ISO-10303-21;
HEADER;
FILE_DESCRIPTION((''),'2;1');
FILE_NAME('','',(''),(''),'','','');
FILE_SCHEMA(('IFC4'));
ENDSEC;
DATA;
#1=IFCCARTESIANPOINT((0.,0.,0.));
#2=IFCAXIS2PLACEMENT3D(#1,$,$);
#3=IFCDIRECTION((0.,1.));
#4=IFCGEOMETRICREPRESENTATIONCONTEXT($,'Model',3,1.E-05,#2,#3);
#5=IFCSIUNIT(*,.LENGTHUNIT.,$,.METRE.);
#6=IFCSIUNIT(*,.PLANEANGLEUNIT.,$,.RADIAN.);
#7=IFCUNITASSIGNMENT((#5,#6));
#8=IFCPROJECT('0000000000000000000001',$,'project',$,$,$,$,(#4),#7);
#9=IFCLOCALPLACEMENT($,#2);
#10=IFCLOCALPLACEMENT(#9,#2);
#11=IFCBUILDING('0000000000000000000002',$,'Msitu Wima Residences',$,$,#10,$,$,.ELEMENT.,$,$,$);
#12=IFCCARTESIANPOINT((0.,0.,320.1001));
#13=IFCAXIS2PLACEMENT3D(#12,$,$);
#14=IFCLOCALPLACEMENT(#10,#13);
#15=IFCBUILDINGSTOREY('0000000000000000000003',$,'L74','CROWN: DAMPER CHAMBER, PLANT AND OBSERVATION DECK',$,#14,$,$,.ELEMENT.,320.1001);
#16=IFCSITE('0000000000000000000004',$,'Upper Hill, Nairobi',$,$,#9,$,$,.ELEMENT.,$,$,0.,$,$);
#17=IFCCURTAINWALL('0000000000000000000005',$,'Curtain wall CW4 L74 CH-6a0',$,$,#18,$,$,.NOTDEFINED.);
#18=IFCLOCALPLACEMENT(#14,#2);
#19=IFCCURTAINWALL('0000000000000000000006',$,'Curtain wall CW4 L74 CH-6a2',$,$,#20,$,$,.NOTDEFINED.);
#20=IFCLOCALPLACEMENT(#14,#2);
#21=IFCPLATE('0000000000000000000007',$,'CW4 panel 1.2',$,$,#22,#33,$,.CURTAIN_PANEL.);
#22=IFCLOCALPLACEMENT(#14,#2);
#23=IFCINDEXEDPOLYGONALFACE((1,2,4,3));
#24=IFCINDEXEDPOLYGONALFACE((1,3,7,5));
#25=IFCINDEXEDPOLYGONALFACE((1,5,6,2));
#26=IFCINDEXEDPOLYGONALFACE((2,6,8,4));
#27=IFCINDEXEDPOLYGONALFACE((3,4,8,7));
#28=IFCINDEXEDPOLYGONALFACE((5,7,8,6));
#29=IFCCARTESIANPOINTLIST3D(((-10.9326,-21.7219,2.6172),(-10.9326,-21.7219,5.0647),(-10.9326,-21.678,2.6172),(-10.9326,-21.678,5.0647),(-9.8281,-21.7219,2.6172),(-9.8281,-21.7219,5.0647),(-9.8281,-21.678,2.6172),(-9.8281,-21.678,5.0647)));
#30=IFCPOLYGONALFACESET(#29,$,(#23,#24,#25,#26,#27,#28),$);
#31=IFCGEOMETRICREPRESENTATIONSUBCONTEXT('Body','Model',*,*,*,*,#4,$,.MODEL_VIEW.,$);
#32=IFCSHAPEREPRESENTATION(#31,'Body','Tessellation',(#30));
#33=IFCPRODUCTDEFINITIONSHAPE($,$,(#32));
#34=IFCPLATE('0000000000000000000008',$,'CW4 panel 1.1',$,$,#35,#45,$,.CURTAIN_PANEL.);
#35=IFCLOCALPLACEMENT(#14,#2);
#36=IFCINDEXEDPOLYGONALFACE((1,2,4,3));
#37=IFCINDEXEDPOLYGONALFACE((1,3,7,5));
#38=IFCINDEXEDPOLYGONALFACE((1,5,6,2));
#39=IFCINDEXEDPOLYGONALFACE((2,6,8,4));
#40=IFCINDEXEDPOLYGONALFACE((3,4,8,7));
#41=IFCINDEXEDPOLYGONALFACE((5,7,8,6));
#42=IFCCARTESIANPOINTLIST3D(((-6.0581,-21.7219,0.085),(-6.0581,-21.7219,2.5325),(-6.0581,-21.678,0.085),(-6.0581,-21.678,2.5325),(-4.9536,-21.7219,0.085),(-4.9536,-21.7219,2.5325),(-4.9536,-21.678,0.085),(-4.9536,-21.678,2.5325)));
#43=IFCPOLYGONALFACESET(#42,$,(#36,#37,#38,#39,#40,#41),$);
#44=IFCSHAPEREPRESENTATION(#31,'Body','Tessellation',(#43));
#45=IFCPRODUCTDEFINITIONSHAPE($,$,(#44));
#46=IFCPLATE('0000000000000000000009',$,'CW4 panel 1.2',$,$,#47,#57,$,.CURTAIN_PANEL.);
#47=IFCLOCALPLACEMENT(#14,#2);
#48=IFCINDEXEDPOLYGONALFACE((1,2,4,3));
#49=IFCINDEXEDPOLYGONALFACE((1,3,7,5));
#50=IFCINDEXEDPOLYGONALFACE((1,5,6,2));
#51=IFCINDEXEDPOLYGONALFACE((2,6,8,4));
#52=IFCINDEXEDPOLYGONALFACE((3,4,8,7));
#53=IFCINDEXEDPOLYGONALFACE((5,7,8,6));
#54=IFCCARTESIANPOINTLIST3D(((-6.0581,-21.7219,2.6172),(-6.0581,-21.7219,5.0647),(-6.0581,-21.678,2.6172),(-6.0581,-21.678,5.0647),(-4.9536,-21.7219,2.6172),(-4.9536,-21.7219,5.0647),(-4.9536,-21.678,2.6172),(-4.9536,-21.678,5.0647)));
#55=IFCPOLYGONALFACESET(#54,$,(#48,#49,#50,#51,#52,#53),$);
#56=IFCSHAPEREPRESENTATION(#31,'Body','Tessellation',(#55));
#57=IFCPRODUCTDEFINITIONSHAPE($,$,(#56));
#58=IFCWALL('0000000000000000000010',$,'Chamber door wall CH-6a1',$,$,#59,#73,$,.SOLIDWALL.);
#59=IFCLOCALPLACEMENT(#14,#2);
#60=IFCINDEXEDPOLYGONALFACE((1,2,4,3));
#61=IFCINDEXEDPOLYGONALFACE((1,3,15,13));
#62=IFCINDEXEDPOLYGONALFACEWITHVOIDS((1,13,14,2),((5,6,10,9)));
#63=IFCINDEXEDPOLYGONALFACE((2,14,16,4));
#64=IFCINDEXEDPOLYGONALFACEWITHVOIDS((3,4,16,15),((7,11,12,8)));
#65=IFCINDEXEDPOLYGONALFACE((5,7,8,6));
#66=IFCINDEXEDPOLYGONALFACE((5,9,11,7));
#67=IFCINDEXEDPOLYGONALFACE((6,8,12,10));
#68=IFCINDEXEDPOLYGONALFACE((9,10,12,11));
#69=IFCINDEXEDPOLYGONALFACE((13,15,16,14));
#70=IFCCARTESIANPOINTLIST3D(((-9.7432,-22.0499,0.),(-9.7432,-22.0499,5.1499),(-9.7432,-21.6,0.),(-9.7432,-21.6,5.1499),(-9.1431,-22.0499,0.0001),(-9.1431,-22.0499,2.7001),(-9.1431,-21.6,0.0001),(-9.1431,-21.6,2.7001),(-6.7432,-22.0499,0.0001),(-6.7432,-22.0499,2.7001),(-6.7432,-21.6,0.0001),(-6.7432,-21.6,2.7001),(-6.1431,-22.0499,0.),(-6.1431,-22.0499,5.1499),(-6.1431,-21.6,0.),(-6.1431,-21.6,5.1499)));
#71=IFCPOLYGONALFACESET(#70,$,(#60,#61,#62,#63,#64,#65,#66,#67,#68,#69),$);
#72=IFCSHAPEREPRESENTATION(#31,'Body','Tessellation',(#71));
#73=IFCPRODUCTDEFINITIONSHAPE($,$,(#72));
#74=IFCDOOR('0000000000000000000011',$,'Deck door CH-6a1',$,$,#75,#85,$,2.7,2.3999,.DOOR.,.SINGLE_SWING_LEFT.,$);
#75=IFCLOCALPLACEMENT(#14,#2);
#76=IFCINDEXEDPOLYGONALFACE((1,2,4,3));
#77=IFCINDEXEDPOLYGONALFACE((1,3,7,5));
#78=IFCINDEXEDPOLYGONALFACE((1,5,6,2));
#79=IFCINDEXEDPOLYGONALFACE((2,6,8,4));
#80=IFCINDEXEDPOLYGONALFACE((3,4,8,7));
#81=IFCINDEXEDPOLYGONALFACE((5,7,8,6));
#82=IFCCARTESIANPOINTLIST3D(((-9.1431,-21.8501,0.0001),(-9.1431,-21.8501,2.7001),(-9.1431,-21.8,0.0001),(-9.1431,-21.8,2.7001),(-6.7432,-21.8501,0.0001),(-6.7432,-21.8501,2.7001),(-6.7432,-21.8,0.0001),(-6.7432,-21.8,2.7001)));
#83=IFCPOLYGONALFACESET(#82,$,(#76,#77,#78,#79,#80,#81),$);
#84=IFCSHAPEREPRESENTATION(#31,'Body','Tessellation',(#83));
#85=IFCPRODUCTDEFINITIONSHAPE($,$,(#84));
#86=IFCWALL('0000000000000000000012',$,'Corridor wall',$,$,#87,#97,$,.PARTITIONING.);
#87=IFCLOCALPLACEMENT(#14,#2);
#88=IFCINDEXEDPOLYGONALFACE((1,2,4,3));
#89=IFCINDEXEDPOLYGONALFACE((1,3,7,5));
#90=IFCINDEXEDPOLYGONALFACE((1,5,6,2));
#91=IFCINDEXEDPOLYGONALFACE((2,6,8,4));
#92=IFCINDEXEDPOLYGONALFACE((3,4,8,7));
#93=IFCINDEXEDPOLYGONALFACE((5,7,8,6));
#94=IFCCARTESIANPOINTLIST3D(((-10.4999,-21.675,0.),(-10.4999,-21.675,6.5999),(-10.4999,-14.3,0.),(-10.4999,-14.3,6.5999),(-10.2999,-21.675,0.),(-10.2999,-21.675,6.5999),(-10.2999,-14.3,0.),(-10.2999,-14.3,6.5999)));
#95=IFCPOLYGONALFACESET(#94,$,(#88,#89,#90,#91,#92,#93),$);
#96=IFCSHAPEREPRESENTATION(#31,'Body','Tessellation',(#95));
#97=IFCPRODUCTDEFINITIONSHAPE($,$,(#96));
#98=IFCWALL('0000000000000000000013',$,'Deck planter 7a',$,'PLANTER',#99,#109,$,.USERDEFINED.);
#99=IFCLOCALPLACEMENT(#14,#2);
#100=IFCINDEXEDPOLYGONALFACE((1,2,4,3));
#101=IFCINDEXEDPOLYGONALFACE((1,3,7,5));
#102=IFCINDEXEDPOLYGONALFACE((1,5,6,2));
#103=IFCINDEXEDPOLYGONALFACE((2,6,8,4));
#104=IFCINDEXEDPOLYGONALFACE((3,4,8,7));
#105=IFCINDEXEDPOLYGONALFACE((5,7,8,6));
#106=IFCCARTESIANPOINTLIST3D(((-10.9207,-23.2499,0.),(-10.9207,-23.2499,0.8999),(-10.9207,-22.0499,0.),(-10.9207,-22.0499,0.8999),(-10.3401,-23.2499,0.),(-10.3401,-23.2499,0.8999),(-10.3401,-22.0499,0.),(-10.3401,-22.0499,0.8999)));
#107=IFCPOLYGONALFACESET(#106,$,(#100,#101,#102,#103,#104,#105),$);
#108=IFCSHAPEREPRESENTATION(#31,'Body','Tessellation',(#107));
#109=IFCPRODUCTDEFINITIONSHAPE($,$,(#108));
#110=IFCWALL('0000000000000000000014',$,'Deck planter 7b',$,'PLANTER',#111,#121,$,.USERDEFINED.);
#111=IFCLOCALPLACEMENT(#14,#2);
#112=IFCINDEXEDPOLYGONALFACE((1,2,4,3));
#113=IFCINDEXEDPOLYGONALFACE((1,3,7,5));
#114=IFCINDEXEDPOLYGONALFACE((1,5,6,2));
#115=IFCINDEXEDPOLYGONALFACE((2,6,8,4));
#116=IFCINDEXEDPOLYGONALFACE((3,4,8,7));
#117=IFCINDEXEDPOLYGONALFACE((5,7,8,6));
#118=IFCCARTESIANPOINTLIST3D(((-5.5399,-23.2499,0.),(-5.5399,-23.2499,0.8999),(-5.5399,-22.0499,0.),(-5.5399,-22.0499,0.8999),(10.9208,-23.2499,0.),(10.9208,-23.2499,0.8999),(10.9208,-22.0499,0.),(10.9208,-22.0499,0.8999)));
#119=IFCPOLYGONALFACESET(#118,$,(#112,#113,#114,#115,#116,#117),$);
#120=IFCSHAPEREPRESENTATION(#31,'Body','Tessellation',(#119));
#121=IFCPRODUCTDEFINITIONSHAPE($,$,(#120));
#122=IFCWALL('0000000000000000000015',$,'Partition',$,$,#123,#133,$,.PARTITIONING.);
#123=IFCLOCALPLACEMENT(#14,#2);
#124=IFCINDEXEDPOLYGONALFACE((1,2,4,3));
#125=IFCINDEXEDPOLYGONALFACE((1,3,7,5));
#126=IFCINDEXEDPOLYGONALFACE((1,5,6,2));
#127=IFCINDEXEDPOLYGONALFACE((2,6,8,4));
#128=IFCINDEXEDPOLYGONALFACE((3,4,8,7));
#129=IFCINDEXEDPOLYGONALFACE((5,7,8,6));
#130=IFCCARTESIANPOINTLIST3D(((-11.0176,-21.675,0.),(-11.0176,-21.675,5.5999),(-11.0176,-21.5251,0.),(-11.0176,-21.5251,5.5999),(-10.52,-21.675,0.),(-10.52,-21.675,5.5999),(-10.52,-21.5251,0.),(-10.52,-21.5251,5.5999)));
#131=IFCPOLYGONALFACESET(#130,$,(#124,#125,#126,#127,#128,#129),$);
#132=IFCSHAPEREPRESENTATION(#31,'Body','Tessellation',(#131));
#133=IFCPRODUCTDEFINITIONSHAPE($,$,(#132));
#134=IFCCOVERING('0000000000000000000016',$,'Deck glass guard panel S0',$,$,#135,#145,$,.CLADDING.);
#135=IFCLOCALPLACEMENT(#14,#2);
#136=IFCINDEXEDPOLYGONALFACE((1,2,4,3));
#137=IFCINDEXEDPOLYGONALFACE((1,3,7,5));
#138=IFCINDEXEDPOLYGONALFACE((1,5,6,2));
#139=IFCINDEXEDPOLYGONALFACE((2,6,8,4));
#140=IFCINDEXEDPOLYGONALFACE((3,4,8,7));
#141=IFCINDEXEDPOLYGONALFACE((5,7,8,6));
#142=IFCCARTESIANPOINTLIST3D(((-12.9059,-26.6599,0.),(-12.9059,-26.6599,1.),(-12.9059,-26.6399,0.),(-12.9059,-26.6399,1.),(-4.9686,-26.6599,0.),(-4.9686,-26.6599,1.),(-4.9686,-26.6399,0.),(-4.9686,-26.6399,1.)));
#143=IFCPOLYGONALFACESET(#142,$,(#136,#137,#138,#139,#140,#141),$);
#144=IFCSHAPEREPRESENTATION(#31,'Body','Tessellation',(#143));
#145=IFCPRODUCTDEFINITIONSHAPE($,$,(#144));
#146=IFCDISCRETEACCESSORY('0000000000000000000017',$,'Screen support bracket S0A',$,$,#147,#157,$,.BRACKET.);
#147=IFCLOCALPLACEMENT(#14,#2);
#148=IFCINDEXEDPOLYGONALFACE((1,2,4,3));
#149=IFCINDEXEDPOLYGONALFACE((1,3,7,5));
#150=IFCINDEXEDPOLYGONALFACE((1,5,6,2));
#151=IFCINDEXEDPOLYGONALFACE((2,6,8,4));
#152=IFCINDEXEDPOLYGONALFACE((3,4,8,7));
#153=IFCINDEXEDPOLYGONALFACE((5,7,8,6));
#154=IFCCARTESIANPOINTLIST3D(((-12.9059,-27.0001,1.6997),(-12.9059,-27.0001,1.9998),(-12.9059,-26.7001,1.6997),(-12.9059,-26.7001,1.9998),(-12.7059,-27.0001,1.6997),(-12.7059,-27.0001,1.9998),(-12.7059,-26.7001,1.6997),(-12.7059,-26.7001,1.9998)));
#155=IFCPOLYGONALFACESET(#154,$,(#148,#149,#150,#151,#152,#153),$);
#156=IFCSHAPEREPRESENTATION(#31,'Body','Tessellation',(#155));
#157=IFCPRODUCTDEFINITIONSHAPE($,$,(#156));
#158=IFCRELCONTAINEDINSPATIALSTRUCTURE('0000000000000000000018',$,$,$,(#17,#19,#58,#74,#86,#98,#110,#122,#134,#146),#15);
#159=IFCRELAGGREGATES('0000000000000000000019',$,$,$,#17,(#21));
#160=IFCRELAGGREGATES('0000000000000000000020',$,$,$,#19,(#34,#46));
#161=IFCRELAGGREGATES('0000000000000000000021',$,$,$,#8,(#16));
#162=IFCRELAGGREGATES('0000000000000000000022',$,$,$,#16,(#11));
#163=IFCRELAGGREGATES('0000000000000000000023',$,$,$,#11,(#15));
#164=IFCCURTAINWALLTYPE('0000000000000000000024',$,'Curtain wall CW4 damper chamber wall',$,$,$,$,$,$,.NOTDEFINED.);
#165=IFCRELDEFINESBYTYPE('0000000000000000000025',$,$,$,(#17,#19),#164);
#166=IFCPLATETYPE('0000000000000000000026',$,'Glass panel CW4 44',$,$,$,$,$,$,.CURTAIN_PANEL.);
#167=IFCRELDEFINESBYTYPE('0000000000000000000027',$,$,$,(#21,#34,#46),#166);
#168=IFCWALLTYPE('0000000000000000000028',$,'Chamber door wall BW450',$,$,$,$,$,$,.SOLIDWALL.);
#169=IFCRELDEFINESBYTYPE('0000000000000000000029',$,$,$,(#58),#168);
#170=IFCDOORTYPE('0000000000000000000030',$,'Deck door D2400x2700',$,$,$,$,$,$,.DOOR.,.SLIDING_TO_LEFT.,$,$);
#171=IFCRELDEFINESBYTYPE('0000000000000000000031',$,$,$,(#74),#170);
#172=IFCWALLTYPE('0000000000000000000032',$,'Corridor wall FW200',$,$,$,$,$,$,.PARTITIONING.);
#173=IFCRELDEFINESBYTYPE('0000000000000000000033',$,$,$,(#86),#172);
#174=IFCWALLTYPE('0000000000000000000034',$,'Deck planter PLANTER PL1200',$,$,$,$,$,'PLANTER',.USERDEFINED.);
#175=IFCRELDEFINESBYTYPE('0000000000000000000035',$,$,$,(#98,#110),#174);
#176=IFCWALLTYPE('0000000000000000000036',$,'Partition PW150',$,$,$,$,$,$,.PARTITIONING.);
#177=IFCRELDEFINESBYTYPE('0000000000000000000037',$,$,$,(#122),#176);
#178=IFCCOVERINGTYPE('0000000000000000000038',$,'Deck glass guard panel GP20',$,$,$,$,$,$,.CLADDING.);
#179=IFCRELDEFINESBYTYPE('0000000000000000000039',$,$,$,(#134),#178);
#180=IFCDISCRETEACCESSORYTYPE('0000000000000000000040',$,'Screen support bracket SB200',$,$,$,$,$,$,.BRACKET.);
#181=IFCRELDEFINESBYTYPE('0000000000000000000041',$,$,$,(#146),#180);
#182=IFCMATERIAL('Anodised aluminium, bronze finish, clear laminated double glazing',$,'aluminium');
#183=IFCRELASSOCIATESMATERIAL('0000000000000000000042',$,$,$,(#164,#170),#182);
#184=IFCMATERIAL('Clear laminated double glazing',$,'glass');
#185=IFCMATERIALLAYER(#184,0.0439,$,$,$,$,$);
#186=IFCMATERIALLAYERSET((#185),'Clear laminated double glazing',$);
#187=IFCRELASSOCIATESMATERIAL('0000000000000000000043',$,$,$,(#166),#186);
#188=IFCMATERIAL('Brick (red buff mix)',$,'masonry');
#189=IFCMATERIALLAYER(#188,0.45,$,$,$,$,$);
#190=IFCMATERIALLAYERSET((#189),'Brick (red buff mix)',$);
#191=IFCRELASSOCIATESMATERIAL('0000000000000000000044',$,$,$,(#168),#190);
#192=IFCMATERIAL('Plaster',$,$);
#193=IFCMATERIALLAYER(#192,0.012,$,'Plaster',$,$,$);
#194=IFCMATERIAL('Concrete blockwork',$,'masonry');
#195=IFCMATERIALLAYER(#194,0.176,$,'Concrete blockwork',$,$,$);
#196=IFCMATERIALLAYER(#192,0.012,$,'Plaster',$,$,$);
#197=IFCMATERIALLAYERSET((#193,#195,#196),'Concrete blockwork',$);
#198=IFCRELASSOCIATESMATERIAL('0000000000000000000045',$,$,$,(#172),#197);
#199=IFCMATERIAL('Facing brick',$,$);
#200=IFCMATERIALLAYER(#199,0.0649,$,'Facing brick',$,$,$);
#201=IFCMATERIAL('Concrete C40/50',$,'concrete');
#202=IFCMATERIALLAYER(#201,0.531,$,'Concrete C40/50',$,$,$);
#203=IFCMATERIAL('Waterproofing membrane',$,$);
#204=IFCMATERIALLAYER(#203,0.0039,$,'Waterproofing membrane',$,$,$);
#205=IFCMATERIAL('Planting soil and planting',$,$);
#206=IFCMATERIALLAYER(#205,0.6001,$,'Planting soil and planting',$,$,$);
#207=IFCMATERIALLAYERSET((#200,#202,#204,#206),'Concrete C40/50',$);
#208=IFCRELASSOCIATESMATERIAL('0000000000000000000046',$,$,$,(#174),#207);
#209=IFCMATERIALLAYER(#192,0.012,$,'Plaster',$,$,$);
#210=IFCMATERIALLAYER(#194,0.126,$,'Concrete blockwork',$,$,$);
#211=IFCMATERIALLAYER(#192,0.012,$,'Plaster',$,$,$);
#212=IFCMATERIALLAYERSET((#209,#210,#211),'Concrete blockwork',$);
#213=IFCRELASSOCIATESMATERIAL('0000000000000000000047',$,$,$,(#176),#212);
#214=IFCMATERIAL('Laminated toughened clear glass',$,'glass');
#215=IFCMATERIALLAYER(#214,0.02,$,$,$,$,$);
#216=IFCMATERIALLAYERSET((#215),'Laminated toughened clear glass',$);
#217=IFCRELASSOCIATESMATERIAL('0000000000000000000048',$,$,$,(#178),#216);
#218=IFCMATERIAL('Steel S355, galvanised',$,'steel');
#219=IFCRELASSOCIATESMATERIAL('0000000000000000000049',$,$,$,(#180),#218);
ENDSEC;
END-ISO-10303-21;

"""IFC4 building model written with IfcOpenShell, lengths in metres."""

from ifc_helpers import new_model, si_unit, direction, frame, frame_2d, origin, origin_2d, place, context, subcontext, project, spatial, rectangle, extrude, material, layer, layer_set, type_object, element, fill, aggregate, save


model = new_model("IFC4")

# Units and contexts
model_context = context("Model", 3, precision=1e-05, world=origin(), true_north=direction((0.0, 1.0)))
body_context = subcontext(model_context, "Body", "Model", "MODEL_VIEW")
ifc_project = project(units=[si_unit("LENGTHUNIT", "METRE"), si_unit("PLANEANGLEUNIT", "RADIAN")], contexts=[model_context])

# Site, building, storey
site_placement = place(None, origin())
site = spatial("IfcSite", under=ifc_project, at=site_placement, Name="Upper Hill, Nairobi", CompositionType="ELEMENT", RefElevation=0.0)
building_placement = place(site_placement, origin())
building = spatial("IfcBuilding", under=site, at=building_placement, Name="Msitu Wima Residences", CompositionType="ELEMENT")
storey_placement = place(building_placement, frame((0.0, 0.0, 320.1001)))
storey = spatial("IfcBuildingStorey", under=building, at=storey_placement, Name="L74", Description="CROWN: DAMPER CHAMBER, PLANT AND OBSERVATION DECK", CompositionType="ELEMENT", Elevation=320.1001)

# Shared definitions
ifc_material_1 = material(Name="Anodised aluminium, bronze finish, clear laminated double glazing", Category="aluminium")
curtain_wall_type = type_object("IfcCurtainWallType", Name="Curtain wall CW4 damper chamber wall", PredefinedType="NOTDEFINED", material=ifc_material_1)

# Curtain wall
curtain_wall_1_placement = place(storey_placement, origin())
curtain_wall_1 = element("IfcCurtainWall", 1, at=curtain_wall_1_placement, inside=storey, type_object=curtain_wall_type, Name="Curtain wall CW4 L74 CH-6a0", PredefinedType="NOTDEFINED")

# Curtain wall
curtain_wall_2_placement = place(storey_placement, origin())
curtain_wall_2 = element("IfcCurtainWall", 2, at=curtain_wall_2_placement, inside=storey, type_object=curtain_wall_type, Name="Curtain wall CW4 L74 CH-6a2", PredefinedType="NOTDEFINED")

# Plates
ifc_material_2 = material(Name="Clear laminated double glazing", Category="glass")
ifc_layer_1 = layer(ifc_material_2, 0.0439)
ifc_layer_set_1 = layer_set([ifc_layer_1], Name="Clear laminated double glazing")
plate_type = type_object("IfcPlateType", Name="Glass panel CW4 44", PredefinedType="CURTAIN_PANEL", material=ifc_layer_set_1)
plate_1_placement = place(storey_placement, frame((-10.3804, -21.7, 2.6172), z_axis=(0.0, 0.0, 1.0), x_axis=(1.0, 0.0, 0.0)))
plate_1 = element("IfcPlate", 3, at=plate_1_placement, type_object=plate_type, Name="CW4 panel 1.2", PredefinedType="CURTAIN_PANEL", context=body_context, shape_type="SweptSolid", body=[
    extrude(rectangle(XDim=1.1045, YDim=0.0439, at=origin_2d()), origin(), (0.0, 0.0, 1.0), 2.4475),
])
aggregate(curtain_wall_1, [plate_1])
plate_2_placement = place(storey_placement, frame((-5.5059, -21.7, 0.085), z_axis=(0.0, 0.0, 1.0), x_axis=(1.0, 0.0, 0.0)))
plate_2 = element("IfcPlate", 4, at=plate_2_placement, type_object=plate_type, Name="CW4 panel 1.1", PredefinedType="CURTAIN_PANEL", context=body_context, shape_type="SweptSolid", body=[
    extrude(rectangle(XDim=1.1045, YDim=0.0439, at=origin_2d()), origin(), (0.0, 0.0, 1.0), 2.4475),
])
plate_3_placement = place(storey_placement, frame((-5.5059, -21.7, 2.6172), z_axis=(0.0, 0.0, 1.0), x_axis=(1.0, 0.0, 0.0)))
plate_3 = element("IfcPlate", 5, at=plate_3_placement, type_object=plate_type, Name="CW4 panel 1.2", PredefinedType="CURTAIN_PANEL", context=body_context, shape_type="SweptSolid", body=[
    extrude(rectangle(XDim=1.1045, YDim=0.0439, at=origin_2d()), origin(), (0.0, 0.0, 1.0), 2.4475),
])
aggregate(curtain_wall_2, [plate_2, plate_3])

# Wall, opening, door
ifc_material_3 = material(Name="Brick (red buff mix)", Category="masonry")
ifc_layer_2 = layer(ifc_material_3, 0.45)
ifc_layer_set_2 = layer_set([ifc_layer_2], Name="Brick (red buff mix)")
wall_type_1 = type_object("IfcWallType", Name="Chamber door wall BW450", PredefinedType="SOLIDWALL", material=ifc_layer_set_2)
wall_1_placement = place(storey_placement, frame((-9.7432, -21.825, 0.0), z_axis=(0.0, 0.0, 1.0), x_axis=(1.0, 0.0, 0.0)))
wall_1 = element("IfcWall", 6, at=wall_1_placement, inside=storey, type_object=wall_type_1, Name="Chamber door wall CH-6a1", PredefinedType="SOLIDWALL", context=body_context, shape_type="SweptSolid", body=[
    extrude(rectangle(XDim=3.6001, YDim=0.45, at=frame_2d((1.8, 0.0))), origin(), (0.0, 0.0, 1.0), 5.1499),
])
opening_placement = place(wall_1_placement, frame((0.6001, 0.0, 0.0)))
opening = element("IfcOpeningElement", 7, at=opening_placement, cuts=wall_1, PredefinedType="OPENING", context=body_context, shape_type="SweptSolid", body=[
    extrude(rectangle(XDim=2.3999, YDim=2.7, at=frame_2d((1.2, 1.3501))), frame((0.0, 0.2349, 0.0), z_axis=(0.0, -1.0, 0.0), x_axis=(1.0, 0.0, 0.0)), (0.0, 0.0, 1.0), 0.47),
])
door_type = type_object("IfcDoorType", Name="Deck door D2400x2700", OperationType="SLIDING_TO_LEFT", PredefinedType="DOOR", material=ifc_material_1)
door_placement = place(opening_placement, origin())
door = element("IfcDoor", 8, at=door_placement, inside=storey, type_object=door_type, Name="Deck door CH-6a1", OperationType="SINGLE_SWING_LEFT", OverallHeight=2.7, OverallWidth=2.3999, PredefinedType="DOOR", context=body_context, shape_type="SweptSolid", body=[
    extrude(rectangle(XDim=2.3999, YDim=2.7, at=frame_2d((1.2, 1.3501))), frame((0.0, 0.0249, 0.0), z_axis=(0.0, -1.0, 0.0), x_axis=(1.0, 0.0, 0.0)), (0.0, 0.0, 1.0), 0.05),
])
fill(opening, door)

# Walls
ifc_material_4 = material(Name="Plaster")
ifc_layer_3 = layer(ifc_material_4, 0.012, Name="Plaster")
ifc_material_5 = material(Name="Concrete blockwork", Category="masonry")
ifc_layer_4 = layer(ifc_material_5, 0.176, Name="Concrete blockwork")
ifc_layer_5 = layer(ifc_material_4, 0.012, Name="Plaster")
ifc_layer_set_3 = layer_set([ifc_layer_3, ifc_layer_4, ifc_layer_5], Name="Concrete blockwork")
wall_type_2 = type_object("IfcWallType", Name="Corridor wall FW200", PredefinedType="PARTITIONING", material=ifc_layer_set_3)
wall_2_placement = place(storey_placement, frame((-10.3999, -21.675, 0.0), z_axis=(0.0, 0.0, 1.0), x_axis=(0.0, 1.0, 0.0)))
element("IfcWall", 9, at=wall_2_placement, inside=storey, type_object=wall_type_2, Name="Corridor wall", PredefinedType="PARTITIONING", context=body_context, shape_type="SweptSolid", body=[
    extrude(rectangle(XDim=7.375, YDim=0.2, at=frame_2d((3.6875, 0.0))), origin(), (0.0, 0.0, 1.0), 6.5999),
])
ifc_material_6 = material(Name="Facing brick")
ifc_layer_6 = layer(ifc_material_6, 0.0649, Name="Facing brick")
ifc_material_7 = material(Name="Concrete C40/50", Category="concrete")
ifc_layer_7 = layer(ifc_material_7, 0.531, Name="Concrete C40/50")
ifc_material_8 = material(Name="Waterproofing membrane")
ifc_layer_8 = layer(ifc_material_8, 0.0039, Name="Waterproofing membrane")
ifc_material_9 = material(Name="Planting soil and planting")
ifc_layer_9 = layer(ifc_material_9, 0.6001, Name="Planting soil and planting")
ifc_layer_set_4 = layer_set([ifc_layer_6, ifc_layer_7, ifc_layer_8, ifc_layer_9], Name="Concrete C40/50")
wall_type_3 = type_object("IfcWallType", Name="Deck planter PLANTER PL1200", ElementType="PLANTER", PredefinedType="USERDEFINED", material=ifc_layer_set_4)
wall_3_placement = place(storey_placement, frame((-10.9207, -22.6499, 0.0), z_axis=(0.0, 0.0, 1.0), x_axis=(1.0, 0.0, 0.0)))
element("IfcWall", 10, at=wall_3_placement, inside=storey, type_object=wall_type_3, Name="Deck planter 7a", ObjectType="PLANTER", PredefinedType="USERDEFINED", context=body_context, shape_type="SweptSolid", body=[
    extrude(rectangle(XDim=0.5806, YDim=1.2, at=frame_2d((0.2903, 0.0))), origin(), (0.0, 0.0, 1.0), 0.8999),
])
wall_4_placement = place(storey_placement, frame((-5.54, -22.6499, 0.0), z_axis=(0.0, 0.0, 1.0), x_axis=(1.0, 0.0, 0.0)))
element("IfcWall", 11, at=wall_4_placement, inside=storey, type_object=wall_type_3, Name="Deck planter 7b", ObjectType="PLANTER", PredefinedType="USERDEFINED", context=body_context, shape_type="SweptSolid", body=[
    extrude(rectangle(XDim=16.4607, YDim=1.2, at=frame_2d((8.2305, 0.0))), origin(), (0.0, 0.0, 1.0), 0.8999),
])
ifc_layer_10 = layer(ifc_material_4, 0.012, Name="Plaster")
ifc_layer_11 = layer(ifc_material_5, 0.126, Name="Concrete blockwork")
ifc_layer_12 = layer(ifc_material_4, 0.012, Name="Plaster")
ifc_layer_set_5 = layer_set([ifc_layer_10, ifc_layer_11, ifc_layer_12], Name="Concrete blockwork")
wall_type_4 = type_object("IfcWallType", Name="Partition PW150", PredefinedType="PARTITIONING", material=ifc_layer_set_5)
wall_5_placement = place(storey_placement, frame((-11.0176, -21.6001, 0.0), z_axis=(0.0, 0.0, 1.0), x_axis=(1.0, 0.0, 0.0)))
element("IfcWall", 12, at=wall_5_placement, inside=storey, type_object=wall_type_4, Name="Partition", PredefinedType="PARTITIONING", context=body_context, shape_type="SweptSolid", body=[
    extrude(rectangle(XDim=0.4976, YDim=0.1499, at=frame_2d((0.2488, 0.0))), origin(), (0.0, 0.0, 1.0), 5.5999),
])

# Covering
ifc_material_10 = material(Name="Laminated toughened clear glass", Category="glass")
ifc_layer_13 = layer(ifc_material_10, 0.02)
ifc_layer_set_6 = layer_set([ifc_layer_13], Name="Laminated toughened clear glass")
covering_type = type_object("IfcCoveringType", Name="Deck glass guard panel GP20", PredefinedType="CLADDING", material=ifc_layer_set_6)
covering_placement = place(storey_placement, frame((-8.9373, -26.6499, 0.0), z_axis=(0.0, 0.0, 1.0), x_axis=(1.0, 0.0, 0.0)))
element("IfcCovering", 13, at=covering_placement, inside=storey, type_object=covering_type, Name="Deck glass guard panel S0", PredefinedType="CLADDING", context=body_context, shape_type="SweptSolid", body=[
    extrude(rectangle(XDim=7.9373, YDim=0.02, at=origin_2d()), origin(), (0.0, 0.0, 1.0), 1.0),
])

# Discrete accessory
ifc_material_11 = material(Name="Steel S355, galvanised", Category="steel")
discrete_accessory_type = type_object("IfcDiscreteAccessoryType", Name="Screen support bracket SB200", PredefinedType="BRACKET", material=ifc_material_11)
discrete_accessory_placement = place(storey_placement, frame((-12.8059, -26.8501, 1.6997), z_axis=(0.0, 0.0, 1.0), x_axis=(1.0, 0.0, 0.0)))
element("IfcDiscreteAccessory", 14, at=discrete_accessory_placement, inside=storey, type_object=discrete_accessory_type, Name="Screen support bracket S0A", PredefinedType="BRACKET", context=body_context, shape_type="SweptSolid", body=[
    extrude(rectangle(XDim=0.2, YDim=0.3, at=origin_2d()), origin(), (0.0, 0.0, 1.0), 0.3),
])

save(model, "model.ifc")
